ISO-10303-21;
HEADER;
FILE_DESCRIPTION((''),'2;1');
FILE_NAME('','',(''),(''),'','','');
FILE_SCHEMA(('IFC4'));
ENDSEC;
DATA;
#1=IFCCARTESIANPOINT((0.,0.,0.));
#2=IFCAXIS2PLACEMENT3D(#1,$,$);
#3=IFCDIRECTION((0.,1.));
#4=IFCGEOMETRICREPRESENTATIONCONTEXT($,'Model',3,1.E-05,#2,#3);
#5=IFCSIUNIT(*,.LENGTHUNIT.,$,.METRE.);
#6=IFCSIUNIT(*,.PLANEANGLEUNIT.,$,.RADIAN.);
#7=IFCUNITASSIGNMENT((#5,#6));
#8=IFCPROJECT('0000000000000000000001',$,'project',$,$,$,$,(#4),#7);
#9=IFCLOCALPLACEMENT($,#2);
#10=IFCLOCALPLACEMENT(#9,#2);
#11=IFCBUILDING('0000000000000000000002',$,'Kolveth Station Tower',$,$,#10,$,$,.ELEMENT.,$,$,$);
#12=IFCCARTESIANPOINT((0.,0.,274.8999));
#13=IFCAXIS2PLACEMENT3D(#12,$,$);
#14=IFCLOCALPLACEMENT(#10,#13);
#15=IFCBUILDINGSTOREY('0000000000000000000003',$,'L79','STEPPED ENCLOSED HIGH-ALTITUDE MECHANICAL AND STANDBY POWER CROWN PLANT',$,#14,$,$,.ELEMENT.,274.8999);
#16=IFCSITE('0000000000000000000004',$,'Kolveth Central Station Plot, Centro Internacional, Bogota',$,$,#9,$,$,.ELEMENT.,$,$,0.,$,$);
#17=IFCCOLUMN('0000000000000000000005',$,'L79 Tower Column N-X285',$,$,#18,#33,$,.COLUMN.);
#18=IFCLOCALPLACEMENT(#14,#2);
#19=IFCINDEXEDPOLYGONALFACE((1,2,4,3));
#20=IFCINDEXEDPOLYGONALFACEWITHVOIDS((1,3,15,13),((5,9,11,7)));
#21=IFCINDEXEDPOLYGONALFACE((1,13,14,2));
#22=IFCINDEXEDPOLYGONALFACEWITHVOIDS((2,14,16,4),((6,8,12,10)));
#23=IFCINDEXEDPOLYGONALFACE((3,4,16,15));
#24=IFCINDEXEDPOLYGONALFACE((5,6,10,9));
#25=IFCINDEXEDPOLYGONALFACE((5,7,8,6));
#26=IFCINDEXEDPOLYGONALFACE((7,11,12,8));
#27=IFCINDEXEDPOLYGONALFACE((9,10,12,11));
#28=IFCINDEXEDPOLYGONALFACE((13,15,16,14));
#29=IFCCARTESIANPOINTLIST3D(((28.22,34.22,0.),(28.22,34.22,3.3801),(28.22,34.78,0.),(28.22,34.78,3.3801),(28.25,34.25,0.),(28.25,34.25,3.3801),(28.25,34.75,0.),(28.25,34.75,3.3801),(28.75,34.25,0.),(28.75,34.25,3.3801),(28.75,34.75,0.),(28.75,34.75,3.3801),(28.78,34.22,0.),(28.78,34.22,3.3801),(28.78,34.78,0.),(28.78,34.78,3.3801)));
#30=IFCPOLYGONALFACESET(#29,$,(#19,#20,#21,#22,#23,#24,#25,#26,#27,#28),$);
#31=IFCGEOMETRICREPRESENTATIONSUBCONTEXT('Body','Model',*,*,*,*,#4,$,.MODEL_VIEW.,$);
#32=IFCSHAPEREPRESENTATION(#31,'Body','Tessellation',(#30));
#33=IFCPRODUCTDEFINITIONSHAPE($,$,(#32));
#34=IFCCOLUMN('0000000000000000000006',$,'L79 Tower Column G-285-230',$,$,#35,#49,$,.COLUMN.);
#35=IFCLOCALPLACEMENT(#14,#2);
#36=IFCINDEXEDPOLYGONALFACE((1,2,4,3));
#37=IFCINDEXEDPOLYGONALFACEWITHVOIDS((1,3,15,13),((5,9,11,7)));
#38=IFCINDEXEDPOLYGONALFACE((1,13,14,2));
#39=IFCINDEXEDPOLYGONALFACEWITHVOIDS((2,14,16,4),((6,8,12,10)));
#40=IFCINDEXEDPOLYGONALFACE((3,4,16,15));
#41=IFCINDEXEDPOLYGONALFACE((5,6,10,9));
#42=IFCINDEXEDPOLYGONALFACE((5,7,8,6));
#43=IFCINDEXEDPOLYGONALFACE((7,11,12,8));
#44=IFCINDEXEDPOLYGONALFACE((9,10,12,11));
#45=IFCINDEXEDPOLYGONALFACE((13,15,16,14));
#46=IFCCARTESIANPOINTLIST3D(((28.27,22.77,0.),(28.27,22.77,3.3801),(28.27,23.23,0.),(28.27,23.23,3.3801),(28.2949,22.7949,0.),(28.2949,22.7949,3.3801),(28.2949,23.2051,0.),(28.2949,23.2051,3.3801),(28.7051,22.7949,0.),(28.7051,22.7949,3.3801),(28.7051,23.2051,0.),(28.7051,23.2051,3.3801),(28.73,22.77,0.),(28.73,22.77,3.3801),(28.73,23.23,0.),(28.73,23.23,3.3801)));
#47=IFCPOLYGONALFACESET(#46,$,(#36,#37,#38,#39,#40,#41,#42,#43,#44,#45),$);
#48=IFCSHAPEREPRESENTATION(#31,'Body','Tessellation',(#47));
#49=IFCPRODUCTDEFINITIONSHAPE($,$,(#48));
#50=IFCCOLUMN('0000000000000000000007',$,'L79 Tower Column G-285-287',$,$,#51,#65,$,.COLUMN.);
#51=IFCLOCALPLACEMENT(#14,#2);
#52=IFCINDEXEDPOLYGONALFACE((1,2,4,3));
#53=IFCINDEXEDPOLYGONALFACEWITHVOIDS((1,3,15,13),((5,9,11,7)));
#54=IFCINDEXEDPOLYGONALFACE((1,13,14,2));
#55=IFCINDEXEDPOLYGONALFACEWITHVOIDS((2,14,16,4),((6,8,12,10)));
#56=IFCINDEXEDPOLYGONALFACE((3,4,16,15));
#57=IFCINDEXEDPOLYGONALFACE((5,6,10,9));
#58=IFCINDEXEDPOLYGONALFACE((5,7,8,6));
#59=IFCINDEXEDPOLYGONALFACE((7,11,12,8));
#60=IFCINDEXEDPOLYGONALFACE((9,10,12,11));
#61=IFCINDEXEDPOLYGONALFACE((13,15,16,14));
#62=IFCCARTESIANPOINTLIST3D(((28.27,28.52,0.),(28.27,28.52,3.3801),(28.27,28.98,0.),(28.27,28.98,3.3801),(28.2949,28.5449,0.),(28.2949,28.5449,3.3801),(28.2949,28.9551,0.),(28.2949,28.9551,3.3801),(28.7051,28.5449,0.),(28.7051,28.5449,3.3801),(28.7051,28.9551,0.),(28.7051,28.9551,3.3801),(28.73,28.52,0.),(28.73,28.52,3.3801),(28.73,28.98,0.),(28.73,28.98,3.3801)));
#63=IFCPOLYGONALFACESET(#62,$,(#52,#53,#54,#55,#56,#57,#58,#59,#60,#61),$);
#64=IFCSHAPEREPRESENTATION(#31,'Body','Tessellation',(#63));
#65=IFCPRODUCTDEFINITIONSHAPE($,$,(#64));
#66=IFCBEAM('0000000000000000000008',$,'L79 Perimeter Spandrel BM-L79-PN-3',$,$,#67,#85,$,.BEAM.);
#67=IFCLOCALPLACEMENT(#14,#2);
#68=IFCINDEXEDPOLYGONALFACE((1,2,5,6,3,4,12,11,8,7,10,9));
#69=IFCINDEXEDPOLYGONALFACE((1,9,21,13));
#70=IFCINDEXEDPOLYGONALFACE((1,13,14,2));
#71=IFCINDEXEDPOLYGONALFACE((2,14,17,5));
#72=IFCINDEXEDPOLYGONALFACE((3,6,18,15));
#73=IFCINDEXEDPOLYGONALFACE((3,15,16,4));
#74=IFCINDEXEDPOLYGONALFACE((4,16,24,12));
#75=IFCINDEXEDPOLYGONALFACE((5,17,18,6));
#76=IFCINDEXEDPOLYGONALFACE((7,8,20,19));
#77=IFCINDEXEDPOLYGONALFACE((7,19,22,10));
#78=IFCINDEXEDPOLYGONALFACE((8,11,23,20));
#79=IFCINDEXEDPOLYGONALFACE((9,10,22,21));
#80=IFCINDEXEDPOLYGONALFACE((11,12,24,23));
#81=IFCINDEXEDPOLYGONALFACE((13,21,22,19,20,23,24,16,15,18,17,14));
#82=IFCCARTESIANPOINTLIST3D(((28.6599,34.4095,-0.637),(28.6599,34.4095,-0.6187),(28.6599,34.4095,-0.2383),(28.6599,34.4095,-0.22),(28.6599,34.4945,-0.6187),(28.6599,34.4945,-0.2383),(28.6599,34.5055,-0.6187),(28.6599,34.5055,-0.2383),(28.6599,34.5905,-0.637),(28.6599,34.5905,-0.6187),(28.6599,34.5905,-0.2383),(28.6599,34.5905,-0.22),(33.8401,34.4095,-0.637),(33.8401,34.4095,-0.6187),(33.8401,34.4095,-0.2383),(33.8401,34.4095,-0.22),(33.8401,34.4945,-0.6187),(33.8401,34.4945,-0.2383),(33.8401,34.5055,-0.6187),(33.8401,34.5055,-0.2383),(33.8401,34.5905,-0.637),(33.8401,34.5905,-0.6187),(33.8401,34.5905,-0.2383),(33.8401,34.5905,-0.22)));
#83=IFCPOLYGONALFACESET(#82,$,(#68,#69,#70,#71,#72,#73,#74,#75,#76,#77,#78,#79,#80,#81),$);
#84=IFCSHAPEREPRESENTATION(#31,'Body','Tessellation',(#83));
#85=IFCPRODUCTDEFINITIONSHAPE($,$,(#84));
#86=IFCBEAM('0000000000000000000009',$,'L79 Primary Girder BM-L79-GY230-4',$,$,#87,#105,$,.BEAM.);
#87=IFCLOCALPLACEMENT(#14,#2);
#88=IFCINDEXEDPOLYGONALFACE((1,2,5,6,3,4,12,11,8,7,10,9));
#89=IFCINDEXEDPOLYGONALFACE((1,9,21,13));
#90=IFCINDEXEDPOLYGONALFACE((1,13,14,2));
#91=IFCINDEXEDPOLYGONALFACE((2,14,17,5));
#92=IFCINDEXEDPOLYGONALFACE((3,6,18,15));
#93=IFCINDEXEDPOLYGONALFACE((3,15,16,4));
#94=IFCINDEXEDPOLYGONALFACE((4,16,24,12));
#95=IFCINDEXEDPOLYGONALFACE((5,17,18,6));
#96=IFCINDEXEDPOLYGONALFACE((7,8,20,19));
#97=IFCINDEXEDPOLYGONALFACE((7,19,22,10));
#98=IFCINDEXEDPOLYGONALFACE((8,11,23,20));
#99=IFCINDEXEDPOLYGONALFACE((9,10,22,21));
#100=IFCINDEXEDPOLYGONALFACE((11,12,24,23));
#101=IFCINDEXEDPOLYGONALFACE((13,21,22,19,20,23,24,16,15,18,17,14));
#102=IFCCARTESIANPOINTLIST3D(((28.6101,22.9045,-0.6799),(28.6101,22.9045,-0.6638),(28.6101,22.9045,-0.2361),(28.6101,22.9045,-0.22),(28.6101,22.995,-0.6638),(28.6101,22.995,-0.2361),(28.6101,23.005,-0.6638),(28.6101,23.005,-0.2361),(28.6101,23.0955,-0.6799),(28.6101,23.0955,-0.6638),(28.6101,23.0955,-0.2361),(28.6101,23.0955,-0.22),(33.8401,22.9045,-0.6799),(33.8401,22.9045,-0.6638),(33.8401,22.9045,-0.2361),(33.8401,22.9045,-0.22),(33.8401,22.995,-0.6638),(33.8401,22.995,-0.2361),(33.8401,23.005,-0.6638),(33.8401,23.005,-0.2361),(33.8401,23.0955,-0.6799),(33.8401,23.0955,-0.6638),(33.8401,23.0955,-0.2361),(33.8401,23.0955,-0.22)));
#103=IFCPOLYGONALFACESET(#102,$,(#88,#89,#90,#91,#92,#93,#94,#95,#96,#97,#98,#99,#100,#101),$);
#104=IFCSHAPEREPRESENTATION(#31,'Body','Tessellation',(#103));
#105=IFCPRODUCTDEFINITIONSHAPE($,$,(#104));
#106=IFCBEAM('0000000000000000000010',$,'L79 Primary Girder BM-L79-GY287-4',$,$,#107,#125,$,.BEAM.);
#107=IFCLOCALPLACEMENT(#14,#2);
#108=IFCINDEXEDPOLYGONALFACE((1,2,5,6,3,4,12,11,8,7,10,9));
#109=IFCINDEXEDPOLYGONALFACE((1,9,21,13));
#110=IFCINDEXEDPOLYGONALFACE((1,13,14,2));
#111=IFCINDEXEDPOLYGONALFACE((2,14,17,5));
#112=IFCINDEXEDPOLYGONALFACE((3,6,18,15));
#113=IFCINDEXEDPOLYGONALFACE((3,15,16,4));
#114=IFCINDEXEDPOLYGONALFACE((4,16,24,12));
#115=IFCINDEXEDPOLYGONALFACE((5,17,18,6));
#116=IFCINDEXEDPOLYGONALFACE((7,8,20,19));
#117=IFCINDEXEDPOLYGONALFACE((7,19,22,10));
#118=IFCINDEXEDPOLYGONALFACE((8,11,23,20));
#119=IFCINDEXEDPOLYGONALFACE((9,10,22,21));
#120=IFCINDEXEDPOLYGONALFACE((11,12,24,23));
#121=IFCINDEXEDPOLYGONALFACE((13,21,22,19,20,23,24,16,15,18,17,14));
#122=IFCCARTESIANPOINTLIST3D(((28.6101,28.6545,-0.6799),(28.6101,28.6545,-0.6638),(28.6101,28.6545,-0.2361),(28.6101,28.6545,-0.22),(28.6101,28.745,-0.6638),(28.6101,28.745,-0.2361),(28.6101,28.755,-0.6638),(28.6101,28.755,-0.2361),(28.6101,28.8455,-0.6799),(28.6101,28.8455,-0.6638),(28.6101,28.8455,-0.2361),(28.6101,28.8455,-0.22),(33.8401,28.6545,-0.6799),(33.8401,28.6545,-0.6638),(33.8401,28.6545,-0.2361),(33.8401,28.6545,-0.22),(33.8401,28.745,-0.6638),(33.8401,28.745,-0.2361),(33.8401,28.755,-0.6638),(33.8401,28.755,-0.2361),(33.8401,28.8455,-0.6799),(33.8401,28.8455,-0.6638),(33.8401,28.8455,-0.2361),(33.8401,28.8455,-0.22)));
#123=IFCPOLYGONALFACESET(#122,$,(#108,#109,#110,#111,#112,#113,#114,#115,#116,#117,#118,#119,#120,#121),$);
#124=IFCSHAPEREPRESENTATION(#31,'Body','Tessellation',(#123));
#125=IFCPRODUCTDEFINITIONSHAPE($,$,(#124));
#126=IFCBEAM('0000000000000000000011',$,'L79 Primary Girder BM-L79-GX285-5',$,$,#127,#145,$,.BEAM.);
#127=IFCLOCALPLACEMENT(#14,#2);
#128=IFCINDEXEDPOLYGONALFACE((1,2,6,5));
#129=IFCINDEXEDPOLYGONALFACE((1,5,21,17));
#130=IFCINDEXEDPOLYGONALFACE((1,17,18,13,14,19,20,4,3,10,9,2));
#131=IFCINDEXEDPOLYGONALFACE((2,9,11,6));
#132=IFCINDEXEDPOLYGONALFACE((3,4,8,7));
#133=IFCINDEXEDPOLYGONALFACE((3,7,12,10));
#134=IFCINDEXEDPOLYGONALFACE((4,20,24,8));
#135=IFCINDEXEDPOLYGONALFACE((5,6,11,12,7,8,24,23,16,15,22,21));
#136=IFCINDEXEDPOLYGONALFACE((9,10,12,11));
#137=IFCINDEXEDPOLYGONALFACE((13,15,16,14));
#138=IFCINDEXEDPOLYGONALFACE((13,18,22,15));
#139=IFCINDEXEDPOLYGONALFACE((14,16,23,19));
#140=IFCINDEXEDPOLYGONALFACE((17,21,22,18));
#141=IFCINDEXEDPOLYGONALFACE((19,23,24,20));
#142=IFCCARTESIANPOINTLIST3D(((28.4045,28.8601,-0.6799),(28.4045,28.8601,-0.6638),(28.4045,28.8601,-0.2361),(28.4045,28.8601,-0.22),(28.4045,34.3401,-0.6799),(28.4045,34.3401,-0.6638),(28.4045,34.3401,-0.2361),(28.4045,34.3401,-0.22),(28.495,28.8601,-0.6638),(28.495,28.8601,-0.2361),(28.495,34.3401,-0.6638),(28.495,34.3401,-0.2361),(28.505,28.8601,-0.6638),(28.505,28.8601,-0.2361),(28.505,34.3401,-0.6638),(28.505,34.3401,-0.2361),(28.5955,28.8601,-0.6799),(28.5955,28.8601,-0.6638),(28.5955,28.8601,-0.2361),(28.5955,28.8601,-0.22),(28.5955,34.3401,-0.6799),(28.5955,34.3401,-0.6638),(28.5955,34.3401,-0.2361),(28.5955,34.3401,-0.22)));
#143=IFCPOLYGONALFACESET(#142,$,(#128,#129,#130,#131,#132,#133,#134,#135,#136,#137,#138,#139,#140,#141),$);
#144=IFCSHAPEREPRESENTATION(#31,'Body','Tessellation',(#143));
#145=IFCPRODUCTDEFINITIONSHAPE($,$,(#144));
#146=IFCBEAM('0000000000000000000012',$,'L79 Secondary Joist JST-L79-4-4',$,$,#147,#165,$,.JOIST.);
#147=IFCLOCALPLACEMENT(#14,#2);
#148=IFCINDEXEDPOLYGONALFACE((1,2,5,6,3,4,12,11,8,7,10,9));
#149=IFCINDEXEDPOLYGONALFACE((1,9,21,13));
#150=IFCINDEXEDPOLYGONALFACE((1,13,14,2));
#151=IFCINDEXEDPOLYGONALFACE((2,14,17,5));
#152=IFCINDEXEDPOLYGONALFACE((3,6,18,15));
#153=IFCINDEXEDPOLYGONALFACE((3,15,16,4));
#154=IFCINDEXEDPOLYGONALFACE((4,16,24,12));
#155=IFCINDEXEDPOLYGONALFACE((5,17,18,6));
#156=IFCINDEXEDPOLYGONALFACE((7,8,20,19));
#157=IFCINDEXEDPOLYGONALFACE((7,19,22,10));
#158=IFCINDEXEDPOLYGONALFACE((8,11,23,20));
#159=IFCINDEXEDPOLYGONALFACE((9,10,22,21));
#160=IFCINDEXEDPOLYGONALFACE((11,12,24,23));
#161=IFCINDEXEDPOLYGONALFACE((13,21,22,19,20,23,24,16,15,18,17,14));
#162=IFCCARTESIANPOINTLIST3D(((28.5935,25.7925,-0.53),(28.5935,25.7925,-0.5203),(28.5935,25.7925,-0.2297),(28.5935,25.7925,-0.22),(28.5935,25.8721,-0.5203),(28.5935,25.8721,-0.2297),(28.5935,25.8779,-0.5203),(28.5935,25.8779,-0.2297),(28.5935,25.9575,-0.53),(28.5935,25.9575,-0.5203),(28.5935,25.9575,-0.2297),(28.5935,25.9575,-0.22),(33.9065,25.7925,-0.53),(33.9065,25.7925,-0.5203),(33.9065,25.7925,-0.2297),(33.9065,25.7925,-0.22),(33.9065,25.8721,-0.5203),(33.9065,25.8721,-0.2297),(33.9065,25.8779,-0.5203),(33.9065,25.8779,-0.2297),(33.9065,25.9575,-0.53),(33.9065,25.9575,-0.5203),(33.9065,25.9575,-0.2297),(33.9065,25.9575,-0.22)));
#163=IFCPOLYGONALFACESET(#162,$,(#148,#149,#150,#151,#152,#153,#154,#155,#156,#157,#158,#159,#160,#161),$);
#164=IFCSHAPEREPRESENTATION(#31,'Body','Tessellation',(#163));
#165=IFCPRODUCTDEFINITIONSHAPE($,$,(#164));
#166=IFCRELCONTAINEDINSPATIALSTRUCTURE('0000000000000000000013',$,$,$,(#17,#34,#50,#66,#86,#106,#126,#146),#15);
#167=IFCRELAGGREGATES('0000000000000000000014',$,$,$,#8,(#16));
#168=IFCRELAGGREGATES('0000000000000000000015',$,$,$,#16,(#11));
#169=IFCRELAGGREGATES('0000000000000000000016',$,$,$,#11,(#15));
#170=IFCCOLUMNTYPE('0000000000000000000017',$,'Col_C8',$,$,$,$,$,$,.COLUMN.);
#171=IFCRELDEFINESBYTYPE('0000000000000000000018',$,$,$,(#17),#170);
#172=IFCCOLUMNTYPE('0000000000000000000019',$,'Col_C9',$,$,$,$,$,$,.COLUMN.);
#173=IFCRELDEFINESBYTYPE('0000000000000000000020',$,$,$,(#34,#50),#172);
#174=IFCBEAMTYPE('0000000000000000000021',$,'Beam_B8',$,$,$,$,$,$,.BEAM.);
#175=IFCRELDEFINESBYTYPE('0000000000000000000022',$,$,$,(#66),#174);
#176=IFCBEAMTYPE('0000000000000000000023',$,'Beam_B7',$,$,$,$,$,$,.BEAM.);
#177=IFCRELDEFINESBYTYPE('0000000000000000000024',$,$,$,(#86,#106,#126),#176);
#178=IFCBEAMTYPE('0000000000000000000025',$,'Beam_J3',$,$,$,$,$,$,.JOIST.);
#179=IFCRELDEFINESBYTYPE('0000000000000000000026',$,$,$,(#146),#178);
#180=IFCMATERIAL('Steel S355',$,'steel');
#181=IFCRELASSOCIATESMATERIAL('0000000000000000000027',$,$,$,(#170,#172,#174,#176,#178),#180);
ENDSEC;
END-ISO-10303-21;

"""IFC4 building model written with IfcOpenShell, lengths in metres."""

from ifc_helpers import new_model, si_unit, direction, frame, origin, origin_2d, place, context, subcontext, project, spatial, hollow_rectangle, i_section, extrude, source, transform, mapped, material, material_profile, profile_set, type_object, element, save


model = new_model("IFC4")

# Units and contexts
model_context = context("Model", 3, precision=1e-05, world=origin(), true_north=direction((0.0, 1.0)))
body_context = subcontext(model_context, "Body", "Model", "MODEL_VIEW")
ifc_project = project(units=[si_unit("LENGTHUNIT", "METRE"), si_unit("PLANEANGLEUNIT", "RADIAN")], contexts=[model_context])

# Site, building, storey
site_placement = place(None, origin())
site = spatial("IfcSite", under=ifc_project, at=site_placement, Name="Kolveth Central Station Plot, Centro Internacional, Bogota", CompositionType="ELEMENT", RefElevation=0.0)
building_placement = place(site_placement, origin())
building = spatial("IfcBuilding", under=site, at=building_placement, Name="Kolveth Station Tower", CompositionType="ELEMENT")
storey_placement = place(building_placement, frame((0.0, 0.0, 274.8999)))
storey = spatial("IfcBuildingStorey", under=building, at=storey_placement, Name="L79", Description="STEPPED ENCLOSED HIGH-ALTITUDE MECHANICAL AND STANDBY POWER CROWN PLANT", CompositionType="ELEMENT", Elevation=274.8999)

# Columns
ifc_material_1 = material(Name="Steel S355", Category="steel")
ifc_material_profile_1 = material_profile(ifc_material_1, hollow_rectangle(XDim=0.5601, YDim=0.5601, WallThickness=0.03, at=origin_2d()), Name="BOX560x560x30")
ifc_profile_set_1 = profile_set([ifc_material_profile_1], Name="Steel S355")
column_type_1 = type_object("IfcColumnType", Name="Col_C8", PredefinedType="COLUMN", material=ifc_profile_set_1)
shared_shape_1 = source(origin(), body_context, "Body", "SweptSolid", [
    extrude(hollow_rectangle(XDim=0.5601, YDim=0.5601, WallThickness=0.03, at=origin_2d()), origin(), (0.0, 0.0, 1.0), 3.3801),
])
column_placement = place(storey_placement, frame((28.5, 34.5, 0.0), z_axis=(0.0, 0.0, 1.0), x_axis=(1.0, 0.0, 0.0)))
element("IfcColumn", 1, at=column_placement, inside=storey, type_object=column_type_1, Name="L79 Tower Column N-X285", PredefinedType="COLUMN", context=body_context, shape_type="MappedRepresentation", body=[
    mapped(shared_shape_1, transform((0.0, 0.0, 0.0), x_axis=(1.0, 0.0, 0.0), y_axis=(0.0, 1.0, 0.0), z_axis=(0.0, 0.0, 1.0), scale=1.0)),
])
ifc_material_profile_2 = material_profile(ifc_material_1, hollow_rectangle(XDim=0.46, YDim=0.46, WallThickness=0.0249, at=origin_2d()), Name="BOX460x460x25")
ifc_profile_set_2 = profile_set([ifc_material_profile_2], Name="Steel S355")
column_type_2 = type_object("IfcColumnType", Name="Col_C9", PredefinedType="COLUMN", material=ifc_profile_set_2)
shared_shape_2 = source(origin(), body_context, "Body", "SweptSolid", [
    extrude(hollow_rectangle(XDim=0.46, YDim=0.46, WallThickness=0.0249, at=origin_2d()), origin(), (0.0, 0.0, 1.0), 3.3801),
])
for number, where, z_axis, x_axis, name in (
    (2, (28.5, 23.0, 0.0), (0.0, 0.0, 1.0), (1.0, 0.0, 0.0), "L79 Tower Column G-285-230"),
    (3, (28.5, 28.75, 0.0), (0.0, 0.0, 1.0), (1.0, 0.0, 0.0), "L79 Tower Column G-285-287"),
):
    element("IfcColumn", number, at=place(storey_placement, frame(where, z_axis=z_axis, x_axis=x_axis)), inside=storey, type_object=column_type_2, Name=name, PredefinedType="COLUMN", context=body_context, shape_type="MappedRepresentation", body=[
        mapped(shared_shape_2, transform((0.0, 0.0, 0.0), x_axis=(1.0, 0.0, 0.0), y_axis=(0.0, 1.0, 0.0), z_axis=(0.0, 0.0, 1.0), scale=1.0)),
    ])

# Beams
ifc_material_profile_3 = material_profile(ifc_material_1, i_section(OverallWidth=0.1809, OverallDepth=0.417, WebThickness=0.011, FlangeThickness=0.0183, at=origin_2d()), Name="W410x85")
ifc_profile_set_3 = profile_set([ifc_material_profile_3], Name="Steel S355")
beam_type_1 = type_object("IfcBeamType", Name="Beam_B8", PredefinedType="BEAM", material=ifc_profile_set_3)
shared_shape_3 = source(origin(), body_context, "Body", "SweptSolid", [
    extrude(i_section(OverallWidth=0.1809, OverallDepth=0.417, WebThickness=0.011, FlangeThickness=0.0183, at=origin_2d()), origin(), (0.0, 0.0, 1.0), 5.1802),
])
beam_1_placement = place(storey_placement, frame((28.6599, 34.5, -0.4285), z_axis=(1.0, 0.0, 0.0), x_axis=(0.0, 1.0, 0.0)))
element("IfcBeam", 4, at=beam_1_placement, inside=storey, type_object=beam_type_1, Name="L79 Perimeter Spandrel BM-L79-PN-3", PredefinedType="BEAM", context=body_context, shape_type="MappedRepresentation", body=[
    mapped(shared_shape_3, transform((0.0, 0.0, 0.0), x_axis=(1.0, 0.0, 0.0), y_axis=(0.0, 1.0, 0.0), z_axis=(0.0, 0.0, 1.0), scale=1.0)),
])
ifc_material_profile_4 = material_profile(ifc_material_1, i_section(OverallWidth=0.1909, OverallDepth=0.46, WebThickness=0.01, FlangeThickness=0.0161, at=origin_2d()), Name="W460x82")
ifc_profile_set_4 = profile_set([ifc_material_profile_4], Name="Steel S355")
beam_type_2 = type_object("IfcBeamType", Name="Beam_B7", PredefinedType="BEAM", material=ifc_profile_set_4)
shared_shape_4 = source(origin(), body_context, "Body", "SweptSolid", [
    extrude(i_section(OverallWidth=0.1909, OverallDepth=0.46, WebThickness=0.01, FlangeThickness=0.0161, at=origin_2d()), origin(), (0.0, 0.0, 1.0), 5.23),
])
for number, where, z_axis, x_axis, name in (
    (5, (28.6101, 23.0, -0.45), (1.0, 0.0, 0.0), (0.0, 1.0, 0.0), "L79 Primary Girder BM-L79-GY230-4"),
    (6, (28.6101, 28.75, -0.45), (1.0, 0.0, 0.0), (0.0, 1.0, 0.0), "L79 Primary Girder BM-L79-GY287-4"),
):
    element("IfcBeam", number, at=place(storey_placement, frame(where, z_axis=z_axis, x_axis=x_axis)), inside=storey, type_object=beam_type_2, Name=name, PredefinedType="BEAM", context=body_context, shape_type="MappedRepresentation", body=[
        mapped(shared_shape_4, transform((0.0, 0.0, 0.0), x_axis=(1.0, 0.0, 0.0), y_axis=(0.0, 1.0, 0.0), z_axis=(0.0, 0.0, 1.0), scale=1.0)),
    ])
shared_shape_5 = source(origin(), body_context, "Body", "SweptSolid", [
    extrude(i_section(OverallWidth=0.1909, OverallDepth=0.46, WebThickness=0.01, FlangeThickness=0.0161, at=origin_2d()), origin(), (0.0, 0.0, 1.0), 5.48),
])
beam_2_placement = place(storey_placement, frame((28.5, 28.8601, -0.45), z_axis=(0.0, 1.0, 0.0), x_axis=(-1.0, 0.0, 0.0)))
element("IfcBeam", 7, at=beam_2_placement, inside=storey, type_object=beam_type_2, Name="L79 Primary Girder BM-L79-GX285-5", PredefinedType="BEAM", context=body_context, shape_type="MappedRepresentation", body=[
    mapped(shared_shape_5, transform((0.0, 0.0, 0.0), x_axis=(1.0, 0.0, 0.0), y_axis=(0.0, 1.0, 0.0), z_axis=(0.0, 0.0, 1.0), scale=1.0)),
])
ifc_material_profile_5 = material_profile(ifc_material_1, i_section(OverallWidth=0.165, OverallDepth=0.3101, WebThickness=0.0059, FlangeThickness=0.0098, at=origin_2d()), Name="W310x39")
ifc_profile_set_5 = profile_set([ifc_material_profile_5], Name="Steel S355")
beam_type_3 = type_object("IfcBeamType", Name="Beam_J3", PredefinedType="JOIST", material=ifc_profile_set_5)
shared_shape_6 = source(origin(), body_context, "Body", "SweptSolid", [
    extrude(i_section(OverallWidth=0.165, OverallDepth=0.3101, WebThickness=0.0059, FlangeThickness=0.0098, at=origin_2d()), origin(), (0.0, 0.0, 1.0), 5.313),
])
for number, where, z_axis, x_axis, name in (
    (8, (28.5935, 25.875, -0.375), (1.0, 0.0, 0.0), (0.0, 1.0, 0.0), "L79 Secondary Joist JST-L79-4-4"),
):
    element("IfcBeam", number, at=place(storey_placement, frame(where, z_axis=z_axis, x_axis=x_axis)), inside=storey, type_object=beam_type_3, Name=name, PredefinedType="JOIST", context=body_context, shape_type="MappedRepresentation", body=[
        mapped(shared_shape_6, transform((0.0, 0.0, 0.0), x_axis=(1.0, 0.0, 0.0), y_axis=(0.0, 1.0, 0.0), z_axis=(0.0, 0.0, 1.0), scale=1.0)),
    ])

save(model, "model.ifc")
